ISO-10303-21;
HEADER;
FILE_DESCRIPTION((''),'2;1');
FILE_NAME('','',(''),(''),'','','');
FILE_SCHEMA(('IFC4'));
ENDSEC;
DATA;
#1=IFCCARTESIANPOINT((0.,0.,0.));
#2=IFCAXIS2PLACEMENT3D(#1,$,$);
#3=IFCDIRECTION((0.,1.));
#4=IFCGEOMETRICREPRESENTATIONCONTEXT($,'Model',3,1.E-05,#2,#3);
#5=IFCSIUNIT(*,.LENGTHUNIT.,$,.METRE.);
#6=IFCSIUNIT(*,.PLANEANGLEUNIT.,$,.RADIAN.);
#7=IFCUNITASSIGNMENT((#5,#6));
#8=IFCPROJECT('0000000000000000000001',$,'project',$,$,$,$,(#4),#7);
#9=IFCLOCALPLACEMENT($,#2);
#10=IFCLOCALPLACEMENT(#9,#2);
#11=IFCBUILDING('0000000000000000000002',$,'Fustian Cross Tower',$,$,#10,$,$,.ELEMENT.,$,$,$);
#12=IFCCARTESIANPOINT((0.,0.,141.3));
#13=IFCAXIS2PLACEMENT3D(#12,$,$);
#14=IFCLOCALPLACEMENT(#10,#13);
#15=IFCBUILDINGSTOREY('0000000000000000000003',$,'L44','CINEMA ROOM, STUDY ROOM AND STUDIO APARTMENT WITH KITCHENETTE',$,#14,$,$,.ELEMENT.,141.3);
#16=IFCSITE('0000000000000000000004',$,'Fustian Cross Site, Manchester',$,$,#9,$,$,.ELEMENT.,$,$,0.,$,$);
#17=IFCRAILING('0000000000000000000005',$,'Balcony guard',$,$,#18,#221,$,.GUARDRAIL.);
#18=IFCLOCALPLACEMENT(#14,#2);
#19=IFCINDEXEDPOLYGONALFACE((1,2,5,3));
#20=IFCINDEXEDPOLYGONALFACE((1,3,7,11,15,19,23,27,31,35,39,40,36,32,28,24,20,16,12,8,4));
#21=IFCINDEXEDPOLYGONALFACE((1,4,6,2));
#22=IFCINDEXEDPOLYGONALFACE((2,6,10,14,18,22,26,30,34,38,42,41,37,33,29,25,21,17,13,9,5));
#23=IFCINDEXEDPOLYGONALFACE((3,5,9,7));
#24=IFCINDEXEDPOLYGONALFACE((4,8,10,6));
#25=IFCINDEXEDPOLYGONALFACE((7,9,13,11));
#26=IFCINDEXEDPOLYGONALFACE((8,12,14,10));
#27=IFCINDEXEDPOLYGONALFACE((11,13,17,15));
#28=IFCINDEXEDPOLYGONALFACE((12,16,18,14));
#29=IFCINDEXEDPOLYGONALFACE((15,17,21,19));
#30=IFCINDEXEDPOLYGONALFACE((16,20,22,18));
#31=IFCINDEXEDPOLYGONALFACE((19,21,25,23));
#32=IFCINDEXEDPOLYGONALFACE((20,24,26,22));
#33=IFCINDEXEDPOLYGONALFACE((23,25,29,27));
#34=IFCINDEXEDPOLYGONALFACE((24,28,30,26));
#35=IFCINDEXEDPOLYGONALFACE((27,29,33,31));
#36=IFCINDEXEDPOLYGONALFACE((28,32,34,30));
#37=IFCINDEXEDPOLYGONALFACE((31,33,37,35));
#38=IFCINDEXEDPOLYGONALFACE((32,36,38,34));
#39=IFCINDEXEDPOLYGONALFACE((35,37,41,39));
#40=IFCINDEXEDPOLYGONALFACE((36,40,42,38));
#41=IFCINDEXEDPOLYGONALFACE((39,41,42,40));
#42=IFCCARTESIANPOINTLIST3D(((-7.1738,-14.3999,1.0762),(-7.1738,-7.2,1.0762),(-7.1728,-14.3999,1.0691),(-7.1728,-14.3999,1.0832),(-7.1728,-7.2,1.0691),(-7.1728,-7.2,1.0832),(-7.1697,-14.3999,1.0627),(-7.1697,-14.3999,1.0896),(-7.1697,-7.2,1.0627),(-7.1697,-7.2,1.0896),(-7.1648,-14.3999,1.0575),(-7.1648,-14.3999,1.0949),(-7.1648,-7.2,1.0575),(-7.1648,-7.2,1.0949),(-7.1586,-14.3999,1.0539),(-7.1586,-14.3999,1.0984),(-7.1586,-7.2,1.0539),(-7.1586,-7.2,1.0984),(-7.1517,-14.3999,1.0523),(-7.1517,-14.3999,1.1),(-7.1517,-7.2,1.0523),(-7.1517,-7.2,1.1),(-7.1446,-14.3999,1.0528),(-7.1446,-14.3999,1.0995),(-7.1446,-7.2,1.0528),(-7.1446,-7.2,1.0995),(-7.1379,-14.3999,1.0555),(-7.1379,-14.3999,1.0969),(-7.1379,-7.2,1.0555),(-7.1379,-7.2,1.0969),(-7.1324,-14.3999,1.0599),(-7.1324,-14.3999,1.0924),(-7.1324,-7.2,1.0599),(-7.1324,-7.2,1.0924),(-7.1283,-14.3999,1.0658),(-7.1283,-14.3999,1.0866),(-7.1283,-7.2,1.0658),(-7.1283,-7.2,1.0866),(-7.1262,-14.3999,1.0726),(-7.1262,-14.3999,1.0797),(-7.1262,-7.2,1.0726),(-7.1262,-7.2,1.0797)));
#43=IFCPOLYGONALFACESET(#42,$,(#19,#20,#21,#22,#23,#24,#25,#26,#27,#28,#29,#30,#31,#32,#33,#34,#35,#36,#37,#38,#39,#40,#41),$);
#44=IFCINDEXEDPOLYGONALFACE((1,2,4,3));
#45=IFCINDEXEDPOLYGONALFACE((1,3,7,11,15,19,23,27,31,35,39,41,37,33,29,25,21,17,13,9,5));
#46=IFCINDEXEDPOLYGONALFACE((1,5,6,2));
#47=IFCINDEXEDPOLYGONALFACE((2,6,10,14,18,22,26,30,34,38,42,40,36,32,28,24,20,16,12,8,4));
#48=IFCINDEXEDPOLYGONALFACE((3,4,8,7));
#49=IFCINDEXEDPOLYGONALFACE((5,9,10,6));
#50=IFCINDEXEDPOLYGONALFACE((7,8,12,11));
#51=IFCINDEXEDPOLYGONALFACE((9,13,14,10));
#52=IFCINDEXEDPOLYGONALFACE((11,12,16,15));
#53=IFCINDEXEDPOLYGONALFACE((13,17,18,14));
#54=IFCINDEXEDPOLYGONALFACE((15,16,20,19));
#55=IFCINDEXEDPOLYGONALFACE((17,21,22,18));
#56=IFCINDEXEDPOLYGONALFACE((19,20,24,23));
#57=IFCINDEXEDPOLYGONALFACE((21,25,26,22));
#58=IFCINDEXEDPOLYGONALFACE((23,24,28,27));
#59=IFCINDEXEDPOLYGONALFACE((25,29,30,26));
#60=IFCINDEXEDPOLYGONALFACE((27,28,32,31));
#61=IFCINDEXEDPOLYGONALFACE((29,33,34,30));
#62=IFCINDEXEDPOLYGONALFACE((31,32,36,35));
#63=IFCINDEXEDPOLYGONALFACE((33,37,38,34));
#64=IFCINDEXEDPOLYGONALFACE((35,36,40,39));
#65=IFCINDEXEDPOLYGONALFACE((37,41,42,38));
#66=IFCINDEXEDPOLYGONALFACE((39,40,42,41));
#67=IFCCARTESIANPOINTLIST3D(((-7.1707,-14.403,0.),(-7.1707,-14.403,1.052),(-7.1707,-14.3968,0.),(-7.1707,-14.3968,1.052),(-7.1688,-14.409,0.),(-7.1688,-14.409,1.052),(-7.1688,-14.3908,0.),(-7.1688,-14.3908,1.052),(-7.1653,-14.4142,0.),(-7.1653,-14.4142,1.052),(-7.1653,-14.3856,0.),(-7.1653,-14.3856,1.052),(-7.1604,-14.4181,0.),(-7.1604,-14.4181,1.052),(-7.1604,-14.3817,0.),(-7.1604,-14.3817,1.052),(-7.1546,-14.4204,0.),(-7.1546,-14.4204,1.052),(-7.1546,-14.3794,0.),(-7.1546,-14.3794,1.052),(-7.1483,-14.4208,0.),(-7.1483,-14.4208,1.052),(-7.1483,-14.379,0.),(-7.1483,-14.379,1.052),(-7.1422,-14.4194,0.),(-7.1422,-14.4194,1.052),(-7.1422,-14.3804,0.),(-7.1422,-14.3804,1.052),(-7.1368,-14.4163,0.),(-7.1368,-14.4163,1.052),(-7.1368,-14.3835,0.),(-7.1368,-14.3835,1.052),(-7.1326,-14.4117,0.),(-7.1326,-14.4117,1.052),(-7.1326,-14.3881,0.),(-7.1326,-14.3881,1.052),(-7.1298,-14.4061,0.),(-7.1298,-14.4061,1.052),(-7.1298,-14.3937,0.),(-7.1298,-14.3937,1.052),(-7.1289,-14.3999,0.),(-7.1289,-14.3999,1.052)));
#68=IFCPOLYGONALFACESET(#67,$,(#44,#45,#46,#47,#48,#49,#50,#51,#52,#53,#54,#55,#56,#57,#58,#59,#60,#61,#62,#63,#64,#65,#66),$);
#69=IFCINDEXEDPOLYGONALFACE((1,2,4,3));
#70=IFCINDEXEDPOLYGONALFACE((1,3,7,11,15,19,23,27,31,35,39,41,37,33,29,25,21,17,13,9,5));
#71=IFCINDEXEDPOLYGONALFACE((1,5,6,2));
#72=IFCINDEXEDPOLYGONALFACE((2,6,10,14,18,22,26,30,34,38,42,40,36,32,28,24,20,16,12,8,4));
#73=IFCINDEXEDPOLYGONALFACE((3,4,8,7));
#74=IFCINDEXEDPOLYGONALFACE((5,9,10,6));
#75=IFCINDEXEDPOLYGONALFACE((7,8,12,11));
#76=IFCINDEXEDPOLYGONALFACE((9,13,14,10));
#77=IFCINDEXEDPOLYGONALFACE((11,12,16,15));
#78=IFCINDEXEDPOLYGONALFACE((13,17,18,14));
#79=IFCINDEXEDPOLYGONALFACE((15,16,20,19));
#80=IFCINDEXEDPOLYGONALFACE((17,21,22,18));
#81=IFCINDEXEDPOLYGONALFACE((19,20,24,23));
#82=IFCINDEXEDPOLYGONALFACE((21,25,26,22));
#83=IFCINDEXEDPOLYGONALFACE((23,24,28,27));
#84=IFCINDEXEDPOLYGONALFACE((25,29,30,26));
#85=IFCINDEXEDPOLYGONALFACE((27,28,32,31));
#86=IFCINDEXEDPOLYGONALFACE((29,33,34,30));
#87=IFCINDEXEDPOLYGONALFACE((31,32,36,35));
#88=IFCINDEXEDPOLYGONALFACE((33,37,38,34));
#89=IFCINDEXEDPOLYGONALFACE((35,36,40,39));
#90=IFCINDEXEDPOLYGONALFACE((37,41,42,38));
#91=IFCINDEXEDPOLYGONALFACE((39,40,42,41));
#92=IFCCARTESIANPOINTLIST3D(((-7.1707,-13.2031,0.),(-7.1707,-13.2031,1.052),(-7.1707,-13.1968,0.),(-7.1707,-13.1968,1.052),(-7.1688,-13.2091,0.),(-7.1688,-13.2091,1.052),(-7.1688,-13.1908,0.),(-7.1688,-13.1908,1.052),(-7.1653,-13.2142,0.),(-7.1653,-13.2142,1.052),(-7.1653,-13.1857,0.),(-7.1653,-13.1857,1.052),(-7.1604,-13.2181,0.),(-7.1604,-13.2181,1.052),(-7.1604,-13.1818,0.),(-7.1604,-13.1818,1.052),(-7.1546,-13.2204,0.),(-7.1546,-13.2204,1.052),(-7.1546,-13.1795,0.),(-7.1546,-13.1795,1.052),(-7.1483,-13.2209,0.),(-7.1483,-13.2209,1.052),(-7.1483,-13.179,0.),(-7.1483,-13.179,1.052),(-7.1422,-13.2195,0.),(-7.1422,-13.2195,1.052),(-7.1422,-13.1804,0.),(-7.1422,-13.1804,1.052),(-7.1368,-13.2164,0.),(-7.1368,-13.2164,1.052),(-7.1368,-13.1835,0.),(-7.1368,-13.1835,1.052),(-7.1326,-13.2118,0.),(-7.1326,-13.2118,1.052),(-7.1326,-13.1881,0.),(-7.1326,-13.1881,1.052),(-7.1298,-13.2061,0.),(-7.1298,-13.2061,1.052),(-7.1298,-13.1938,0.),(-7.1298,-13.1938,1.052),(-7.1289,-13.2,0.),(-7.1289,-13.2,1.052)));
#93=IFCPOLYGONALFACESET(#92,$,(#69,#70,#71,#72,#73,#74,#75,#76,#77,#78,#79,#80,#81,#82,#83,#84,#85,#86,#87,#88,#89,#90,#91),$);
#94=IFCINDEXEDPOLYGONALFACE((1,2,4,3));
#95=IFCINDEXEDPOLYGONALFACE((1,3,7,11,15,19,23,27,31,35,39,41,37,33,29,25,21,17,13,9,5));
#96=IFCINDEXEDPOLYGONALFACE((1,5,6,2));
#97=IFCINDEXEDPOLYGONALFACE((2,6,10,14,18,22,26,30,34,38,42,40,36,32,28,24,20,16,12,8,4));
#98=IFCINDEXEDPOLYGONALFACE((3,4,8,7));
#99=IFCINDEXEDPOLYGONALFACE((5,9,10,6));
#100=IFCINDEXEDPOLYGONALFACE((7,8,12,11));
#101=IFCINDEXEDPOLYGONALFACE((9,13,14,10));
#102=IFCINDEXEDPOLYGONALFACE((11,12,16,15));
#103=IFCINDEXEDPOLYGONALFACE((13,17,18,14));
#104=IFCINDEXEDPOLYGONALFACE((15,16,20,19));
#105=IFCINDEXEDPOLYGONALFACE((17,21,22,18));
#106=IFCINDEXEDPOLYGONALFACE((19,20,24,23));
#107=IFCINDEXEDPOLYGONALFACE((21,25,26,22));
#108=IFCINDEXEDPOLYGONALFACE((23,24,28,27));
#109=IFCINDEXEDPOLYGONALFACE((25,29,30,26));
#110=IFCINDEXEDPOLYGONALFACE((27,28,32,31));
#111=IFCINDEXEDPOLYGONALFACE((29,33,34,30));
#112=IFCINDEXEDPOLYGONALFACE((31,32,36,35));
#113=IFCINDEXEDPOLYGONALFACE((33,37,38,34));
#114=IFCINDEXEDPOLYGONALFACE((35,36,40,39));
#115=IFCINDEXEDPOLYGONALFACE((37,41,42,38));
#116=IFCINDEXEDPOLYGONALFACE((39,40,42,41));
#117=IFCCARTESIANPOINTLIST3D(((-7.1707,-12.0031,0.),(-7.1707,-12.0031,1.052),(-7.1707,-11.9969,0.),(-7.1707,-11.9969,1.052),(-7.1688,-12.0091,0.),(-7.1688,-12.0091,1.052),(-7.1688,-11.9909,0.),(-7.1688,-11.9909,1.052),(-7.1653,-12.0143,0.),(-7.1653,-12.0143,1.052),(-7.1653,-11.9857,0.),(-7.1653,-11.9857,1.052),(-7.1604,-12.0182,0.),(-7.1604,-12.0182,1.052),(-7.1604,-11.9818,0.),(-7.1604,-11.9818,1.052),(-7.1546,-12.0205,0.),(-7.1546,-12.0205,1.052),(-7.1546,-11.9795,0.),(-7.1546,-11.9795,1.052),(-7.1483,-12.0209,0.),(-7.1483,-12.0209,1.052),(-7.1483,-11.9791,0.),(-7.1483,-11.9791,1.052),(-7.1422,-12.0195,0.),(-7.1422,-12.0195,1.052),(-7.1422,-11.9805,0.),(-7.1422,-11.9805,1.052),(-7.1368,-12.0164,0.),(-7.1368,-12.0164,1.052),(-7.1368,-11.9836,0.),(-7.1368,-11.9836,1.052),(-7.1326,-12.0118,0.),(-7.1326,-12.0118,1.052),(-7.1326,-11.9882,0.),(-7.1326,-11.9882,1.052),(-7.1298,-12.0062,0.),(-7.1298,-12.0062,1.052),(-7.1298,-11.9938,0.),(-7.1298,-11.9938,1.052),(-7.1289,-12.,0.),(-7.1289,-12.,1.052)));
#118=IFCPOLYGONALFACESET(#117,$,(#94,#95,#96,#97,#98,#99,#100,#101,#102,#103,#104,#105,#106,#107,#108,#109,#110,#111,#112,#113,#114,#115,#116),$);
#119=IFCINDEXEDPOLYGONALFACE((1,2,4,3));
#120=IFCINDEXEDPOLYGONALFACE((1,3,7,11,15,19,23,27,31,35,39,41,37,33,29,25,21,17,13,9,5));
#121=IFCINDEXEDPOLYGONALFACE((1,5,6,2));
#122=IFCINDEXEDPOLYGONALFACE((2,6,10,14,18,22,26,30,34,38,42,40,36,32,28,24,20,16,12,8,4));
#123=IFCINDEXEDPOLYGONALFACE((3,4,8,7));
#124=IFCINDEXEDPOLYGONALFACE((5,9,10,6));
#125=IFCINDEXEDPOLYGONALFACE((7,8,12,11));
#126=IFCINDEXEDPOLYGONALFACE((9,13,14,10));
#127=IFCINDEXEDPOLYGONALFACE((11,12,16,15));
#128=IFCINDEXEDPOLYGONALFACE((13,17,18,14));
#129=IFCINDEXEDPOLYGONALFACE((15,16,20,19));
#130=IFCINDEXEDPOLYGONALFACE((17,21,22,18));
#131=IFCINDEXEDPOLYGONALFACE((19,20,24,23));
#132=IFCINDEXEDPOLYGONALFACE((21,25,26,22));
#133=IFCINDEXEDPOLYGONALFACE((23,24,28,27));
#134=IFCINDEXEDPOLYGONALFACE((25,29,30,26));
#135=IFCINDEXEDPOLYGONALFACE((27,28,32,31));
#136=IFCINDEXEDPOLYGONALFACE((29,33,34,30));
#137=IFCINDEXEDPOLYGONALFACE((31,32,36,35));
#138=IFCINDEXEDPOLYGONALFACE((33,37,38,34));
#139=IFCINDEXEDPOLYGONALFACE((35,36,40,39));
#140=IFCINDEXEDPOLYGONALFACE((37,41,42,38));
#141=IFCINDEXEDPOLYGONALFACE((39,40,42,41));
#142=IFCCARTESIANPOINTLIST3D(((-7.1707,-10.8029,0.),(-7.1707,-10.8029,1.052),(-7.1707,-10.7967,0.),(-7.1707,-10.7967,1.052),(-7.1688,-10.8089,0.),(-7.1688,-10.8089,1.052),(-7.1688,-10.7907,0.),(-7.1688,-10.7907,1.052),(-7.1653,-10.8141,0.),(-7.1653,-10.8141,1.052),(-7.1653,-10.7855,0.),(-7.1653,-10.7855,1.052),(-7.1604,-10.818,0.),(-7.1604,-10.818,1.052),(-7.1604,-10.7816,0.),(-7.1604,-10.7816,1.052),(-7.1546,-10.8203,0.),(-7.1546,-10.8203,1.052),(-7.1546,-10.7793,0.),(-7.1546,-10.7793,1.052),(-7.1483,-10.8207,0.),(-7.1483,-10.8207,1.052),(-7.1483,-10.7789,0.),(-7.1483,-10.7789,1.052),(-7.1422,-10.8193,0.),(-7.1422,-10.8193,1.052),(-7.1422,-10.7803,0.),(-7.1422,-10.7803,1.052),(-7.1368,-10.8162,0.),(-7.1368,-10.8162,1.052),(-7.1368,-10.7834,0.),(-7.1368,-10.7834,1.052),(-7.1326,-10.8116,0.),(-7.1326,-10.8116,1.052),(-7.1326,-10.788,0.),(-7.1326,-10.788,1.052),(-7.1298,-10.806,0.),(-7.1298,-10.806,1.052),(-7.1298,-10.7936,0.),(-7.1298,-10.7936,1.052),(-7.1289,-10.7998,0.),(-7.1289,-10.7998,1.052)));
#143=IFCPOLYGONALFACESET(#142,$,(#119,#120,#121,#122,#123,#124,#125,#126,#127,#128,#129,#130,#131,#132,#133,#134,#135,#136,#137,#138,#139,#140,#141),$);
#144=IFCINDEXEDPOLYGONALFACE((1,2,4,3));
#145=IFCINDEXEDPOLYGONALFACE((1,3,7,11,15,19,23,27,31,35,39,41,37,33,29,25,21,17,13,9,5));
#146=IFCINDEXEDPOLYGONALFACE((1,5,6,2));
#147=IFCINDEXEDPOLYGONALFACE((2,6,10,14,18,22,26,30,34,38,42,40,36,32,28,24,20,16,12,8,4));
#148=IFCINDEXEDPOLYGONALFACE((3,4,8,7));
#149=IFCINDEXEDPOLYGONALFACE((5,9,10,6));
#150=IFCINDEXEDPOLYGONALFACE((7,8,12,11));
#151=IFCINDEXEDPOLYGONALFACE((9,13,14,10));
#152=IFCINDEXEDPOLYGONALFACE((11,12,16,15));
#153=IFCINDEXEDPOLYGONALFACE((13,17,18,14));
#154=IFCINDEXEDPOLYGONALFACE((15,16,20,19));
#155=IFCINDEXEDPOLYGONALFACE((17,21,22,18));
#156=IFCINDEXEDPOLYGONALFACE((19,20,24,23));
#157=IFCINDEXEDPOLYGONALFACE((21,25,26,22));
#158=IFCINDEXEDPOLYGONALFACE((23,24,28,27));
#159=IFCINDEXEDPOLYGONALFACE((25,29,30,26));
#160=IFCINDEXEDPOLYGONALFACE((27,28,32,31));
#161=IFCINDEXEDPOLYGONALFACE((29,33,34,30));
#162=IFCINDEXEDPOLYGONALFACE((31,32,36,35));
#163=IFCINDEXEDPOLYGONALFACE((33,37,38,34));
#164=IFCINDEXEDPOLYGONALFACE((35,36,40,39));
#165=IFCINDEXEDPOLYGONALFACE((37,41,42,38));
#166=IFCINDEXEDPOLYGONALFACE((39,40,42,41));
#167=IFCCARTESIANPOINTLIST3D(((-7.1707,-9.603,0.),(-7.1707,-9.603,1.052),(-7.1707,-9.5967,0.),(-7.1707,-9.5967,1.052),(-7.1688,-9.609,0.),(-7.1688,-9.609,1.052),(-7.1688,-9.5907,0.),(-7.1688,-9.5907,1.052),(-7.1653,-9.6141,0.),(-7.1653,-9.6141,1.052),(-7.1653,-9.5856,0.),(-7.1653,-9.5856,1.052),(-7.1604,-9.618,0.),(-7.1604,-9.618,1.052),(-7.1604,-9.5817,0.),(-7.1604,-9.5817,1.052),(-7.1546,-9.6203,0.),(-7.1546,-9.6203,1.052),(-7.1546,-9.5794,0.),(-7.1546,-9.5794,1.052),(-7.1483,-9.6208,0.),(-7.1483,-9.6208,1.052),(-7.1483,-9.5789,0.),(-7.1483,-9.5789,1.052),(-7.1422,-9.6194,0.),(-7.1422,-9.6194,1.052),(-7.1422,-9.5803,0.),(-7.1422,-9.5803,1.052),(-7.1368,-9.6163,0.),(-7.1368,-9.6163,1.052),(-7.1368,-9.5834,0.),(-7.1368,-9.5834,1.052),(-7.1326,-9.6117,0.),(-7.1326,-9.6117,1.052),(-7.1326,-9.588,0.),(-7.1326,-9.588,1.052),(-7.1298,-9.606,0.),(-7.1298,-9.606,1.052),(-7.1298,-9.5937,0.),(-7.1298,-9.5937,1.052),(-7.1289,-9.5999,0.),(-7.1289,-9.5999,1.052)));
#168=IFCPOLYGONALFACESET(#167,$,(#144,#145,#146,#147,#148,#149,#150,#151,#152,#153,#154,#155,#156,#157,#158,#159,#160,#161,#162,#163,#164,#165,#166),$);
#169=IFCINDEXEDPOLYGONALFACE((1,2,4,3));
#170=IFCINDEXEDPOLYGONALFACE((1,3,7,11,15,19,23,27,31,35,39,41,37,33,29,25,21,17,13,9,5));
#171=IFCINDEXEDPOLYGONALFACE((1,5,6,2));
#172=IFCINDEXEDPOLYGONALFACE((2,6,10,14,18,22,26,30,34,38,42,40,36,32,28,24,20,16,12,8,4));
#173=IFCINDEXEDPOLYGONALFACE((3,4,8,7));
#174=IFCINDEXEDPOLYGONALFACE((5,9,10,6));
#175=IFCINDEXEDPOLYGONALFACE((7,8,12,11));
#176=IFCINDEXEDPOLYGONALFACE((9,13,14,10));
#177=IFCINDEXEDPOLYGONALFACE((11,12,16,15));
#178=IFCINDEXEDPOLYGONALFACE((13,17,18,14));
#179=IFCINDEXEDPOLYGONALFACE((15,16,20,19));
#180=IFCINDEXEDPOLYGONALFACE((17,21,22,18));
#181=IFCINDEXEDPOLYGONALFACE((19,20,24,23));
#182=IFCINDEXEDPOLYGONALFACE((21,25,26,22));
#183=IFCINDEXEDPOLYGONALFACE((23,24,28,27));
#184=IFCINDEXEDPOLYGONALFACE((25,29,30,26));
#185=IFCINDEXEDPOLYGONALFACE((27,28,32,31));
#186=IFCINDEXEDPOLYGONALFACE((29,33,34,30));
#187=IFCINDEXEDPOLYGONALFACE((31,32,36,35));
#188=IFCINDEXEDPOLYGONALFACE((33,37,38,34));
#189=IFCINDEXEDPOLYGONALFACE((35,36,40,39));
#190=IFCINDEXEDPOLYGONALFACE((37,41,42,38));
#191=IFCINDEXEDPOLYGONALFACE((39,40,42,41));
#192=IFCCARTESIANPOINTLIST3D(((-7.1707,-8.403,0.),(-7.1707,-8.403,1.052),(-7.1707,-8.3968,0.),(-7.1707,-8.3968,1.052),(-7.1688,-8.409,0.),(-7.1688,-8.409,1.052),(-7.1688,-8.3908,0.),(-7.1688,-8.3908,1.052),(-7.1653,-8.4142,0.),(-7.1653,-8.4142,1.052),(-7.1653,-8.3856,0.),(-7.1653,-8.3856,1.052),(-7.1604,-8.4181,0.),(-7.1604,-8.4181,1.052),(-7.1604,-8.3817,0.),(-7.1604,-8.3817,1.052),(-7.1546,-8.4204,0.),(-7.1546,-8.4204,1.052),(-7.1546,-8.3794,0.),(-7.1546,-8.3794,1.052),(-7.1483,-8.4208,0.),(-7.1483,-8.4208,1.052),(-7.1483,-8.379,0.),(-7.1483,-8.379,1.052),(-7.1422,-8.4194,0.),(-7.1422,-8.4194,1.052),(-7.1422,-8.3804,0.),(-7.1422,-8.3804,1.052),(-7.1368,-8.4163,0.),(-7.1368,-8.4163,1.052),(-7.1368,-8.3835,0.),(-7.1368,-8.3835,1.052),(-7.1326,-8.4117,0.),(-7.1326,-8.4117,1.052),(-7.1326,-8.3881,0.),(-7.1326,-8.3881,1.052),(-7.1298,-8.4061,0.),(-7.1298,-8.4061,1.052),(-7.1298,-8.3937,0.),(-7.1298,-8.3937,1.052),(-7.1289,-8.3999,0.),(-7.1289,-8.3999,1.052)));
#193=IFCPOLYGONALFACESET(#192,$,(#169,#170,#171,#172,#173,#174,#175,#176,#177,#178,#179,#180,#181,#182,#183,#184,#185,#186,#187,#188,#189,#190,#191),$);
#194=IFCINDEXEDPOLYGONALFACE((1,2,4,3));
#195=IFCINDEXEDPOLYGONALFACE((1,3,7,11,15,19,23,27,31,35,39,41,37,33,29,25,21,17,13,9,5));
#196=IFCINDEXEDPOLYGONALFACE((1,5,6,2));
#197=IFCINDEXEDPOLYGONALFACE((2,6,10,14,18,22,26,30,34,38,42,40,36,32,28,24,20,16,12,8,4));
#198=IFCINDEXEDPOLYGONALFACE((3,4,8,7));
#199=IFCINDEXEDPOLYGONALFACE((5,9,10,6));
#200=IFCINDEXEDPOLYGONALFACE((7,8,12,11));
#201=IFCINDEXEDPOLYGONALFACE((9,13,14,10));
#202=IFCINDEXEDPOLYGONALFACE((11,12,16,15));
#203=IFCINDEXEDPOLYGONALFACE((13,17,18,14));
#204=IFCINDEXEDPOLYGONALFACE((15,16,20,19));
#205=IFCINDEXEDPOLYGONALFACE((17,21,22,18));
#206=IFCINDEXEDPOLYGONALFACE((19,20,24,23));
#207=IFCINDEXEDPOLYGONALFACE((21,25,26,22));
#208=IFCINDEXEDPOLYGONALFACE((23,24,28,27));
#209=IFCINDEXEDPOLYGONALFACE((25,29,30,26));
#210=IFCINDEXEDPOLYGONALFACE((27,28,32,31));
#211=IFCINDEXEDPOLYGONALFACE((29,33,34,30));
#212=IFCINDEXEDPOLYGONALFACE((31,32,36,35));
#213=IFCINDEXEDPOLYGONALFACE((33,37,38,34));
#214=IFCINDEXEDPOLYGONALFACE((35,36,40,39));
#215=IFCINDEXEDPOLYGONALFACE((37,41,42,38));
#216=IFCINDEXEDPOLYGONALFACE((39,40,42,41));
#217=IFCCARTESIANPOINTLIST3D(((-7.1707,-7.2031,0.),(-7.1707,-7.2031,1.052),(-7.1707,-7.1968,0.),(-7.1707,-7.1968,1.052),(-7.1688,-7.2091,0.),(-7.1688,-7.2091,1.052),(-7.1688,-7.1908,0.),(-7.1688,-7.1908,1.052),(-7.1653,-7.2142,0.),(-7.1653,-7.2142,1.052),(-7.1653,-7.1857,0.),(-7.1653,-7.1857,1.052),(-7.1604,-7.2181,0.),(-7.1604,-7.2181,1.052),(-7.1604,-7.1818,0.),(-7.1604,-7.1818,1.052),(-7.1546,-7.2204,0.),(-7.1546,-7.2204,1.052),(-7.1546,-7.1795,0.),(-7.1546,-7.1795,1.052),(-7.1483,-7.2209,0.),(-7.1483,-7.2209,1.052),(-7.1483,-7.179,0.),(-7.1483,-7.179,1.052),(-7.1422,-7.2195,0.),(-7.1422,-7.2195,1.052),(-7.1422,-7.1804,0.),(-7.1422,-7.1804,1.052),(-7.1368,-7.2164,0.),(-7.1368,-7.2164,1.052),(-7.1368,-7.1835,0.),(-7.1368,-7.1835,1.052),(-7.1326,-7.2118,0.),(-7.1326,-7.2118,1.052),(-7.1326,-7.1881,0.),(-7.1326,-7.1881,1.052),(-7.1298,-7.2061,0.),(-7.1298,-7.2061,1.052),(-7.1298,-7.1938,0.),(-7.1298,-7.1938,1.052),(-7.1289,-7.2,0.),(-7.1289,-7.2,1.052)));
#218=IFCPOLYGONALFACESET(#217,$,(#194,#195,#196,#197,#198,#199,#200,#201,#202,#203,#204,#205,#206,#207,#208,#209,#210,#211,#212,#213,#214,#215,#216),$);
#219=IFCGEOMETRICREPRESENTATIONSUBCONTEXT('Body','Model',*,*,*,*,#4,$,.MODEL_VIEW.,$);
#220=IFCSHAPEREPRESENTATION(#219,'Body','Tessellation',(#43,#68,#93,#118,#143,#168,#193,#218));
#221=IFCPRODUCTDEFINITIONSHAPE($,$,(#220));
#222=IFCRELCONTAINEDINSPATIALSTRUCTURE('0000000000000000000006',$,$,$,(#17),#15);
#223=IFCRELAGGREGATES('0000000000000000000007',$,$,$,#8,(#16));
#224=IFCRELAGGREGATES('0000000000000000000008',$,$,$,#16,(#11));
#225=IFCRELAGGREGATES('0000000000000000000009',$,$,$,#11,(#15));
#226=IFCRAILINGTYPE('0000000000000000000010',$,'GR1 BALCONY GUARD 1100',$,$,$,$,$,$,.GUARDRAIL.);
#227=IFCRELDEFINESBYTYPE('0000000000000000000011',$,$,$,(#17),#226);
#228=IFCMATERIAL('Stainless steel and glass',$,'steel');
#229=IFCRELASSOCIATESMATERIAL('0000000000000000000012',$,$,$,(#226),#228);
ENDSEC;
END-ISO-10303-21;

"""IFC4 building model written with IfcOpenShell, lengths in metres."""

from ifc_helpers import new_model, si_unit, direction, frame, origin, origin_2d, place, context, subcontext, project, spatial, circle, extrude, material, type_object, element, save


model = new_model("IFC4")

# Units and contexts
model_context = context("Model", 3, precision=1e-05, world=origin(), true_north=direction((0.0, 1.0)))
body_context = subcontext(model_context, "Body", "Model", "MODEL_VIEW")
ifc_project = project(units=[si_unit("LENGTHUNIT", "METRE"), si_unit("PLANEANGLEUNIT", "RADIAN")], contexts=[model_context])

# Site, building, storey
site_placement = place(None, origin())
site = spatial("IfcSite", under=ifc_project, at=site_placement, Name="Fustian Cross Site, Manchester", CompositionType="ELEMENT", RefElevation=0.0)
building_placement = place(site_placement, origin())
building = spatial("IfcBuilding", under=site, at=building_placement, Name="Fustian Cross Tower", CompositionType="ELEMENT")
storey_placement = place(building_placement, frame((0.0, 0.0, 141.3)))
storey = spatial("IfcBuildingStorey", under=building, at=storey_placement, Name="L44", Description="CINEMA ROOM, STUDY ROOM AND STUDIO APARTMENT WITH KITCHENETTE", CompositionType="ELEMENT", Elevation=141.3)

# Railing
ifc_material_1 = material(Name="Stainless steel and glass", Category="steel")
railing_type = type_object("IfcRailingType", Name="GR1 BALCONY GUARD 1100", PredefinedType="GUARDRAIL", material=ifc_material_1)
railing_placement = place(storey_placement, frame((-7.1499, -14.3999, 0.0)))
element("IfcRailing", 1, at=railing_placement, inside=storey, type_object=railing_type, Name="Balcony guard", PredefinedType="GUARDRAIL", context=body_context, shape_type="SweptSolid", body=[
    extrude(circle(Radius=0.0239, at=origin_2d()), frame((0.0, 0.0, 1.0762), z_axis=(0.0, 1.0, 0.0), x_axis=(-1.0, 0.0, 0.0)), (0.0, 0.0, 1.0), 7.2),
    extrude(circle(Radius=0.021, at=origin_2d()), origin(), (0.0, 0.0, 1.0), 1.052),
    extrude(circle(Radius=0.021, at=origin_2d()), frame((0.0, 1.2, 0.0)), (0.0, 0.0, 1.0), 1.052),
    extrude(circle(Radius=0.021, at=origin_2d()), frame((0.0, 2.3999, 0.0)), (0.0, 0.0, 1.0), 1.052),
    extrude(circle(Radius=0.021, at=origin_2d()), frame((0.0, 3.6001, 0.0)), (0.0, 0.0, 1.0), 1.052),
    extrude(circle(Radius=0.021, at=origin_2d()), frame((0.0, 4.8, 0.0)), (0.0, 0.0, 1.0), 1.052),
    extrude(circle(Radius=0.021, at=origin_2d()), frame((0.0, 6.0, 0.0)), (0.0, 0.0, 1.0), 1.052),
    extrude(circle(Radius=0.021, at=origin_2d()), frame((0.0, 7.2, 0.0)), (0.0, 0.0, 1.0), 1.052),
])

save(model, "model.ifc")
